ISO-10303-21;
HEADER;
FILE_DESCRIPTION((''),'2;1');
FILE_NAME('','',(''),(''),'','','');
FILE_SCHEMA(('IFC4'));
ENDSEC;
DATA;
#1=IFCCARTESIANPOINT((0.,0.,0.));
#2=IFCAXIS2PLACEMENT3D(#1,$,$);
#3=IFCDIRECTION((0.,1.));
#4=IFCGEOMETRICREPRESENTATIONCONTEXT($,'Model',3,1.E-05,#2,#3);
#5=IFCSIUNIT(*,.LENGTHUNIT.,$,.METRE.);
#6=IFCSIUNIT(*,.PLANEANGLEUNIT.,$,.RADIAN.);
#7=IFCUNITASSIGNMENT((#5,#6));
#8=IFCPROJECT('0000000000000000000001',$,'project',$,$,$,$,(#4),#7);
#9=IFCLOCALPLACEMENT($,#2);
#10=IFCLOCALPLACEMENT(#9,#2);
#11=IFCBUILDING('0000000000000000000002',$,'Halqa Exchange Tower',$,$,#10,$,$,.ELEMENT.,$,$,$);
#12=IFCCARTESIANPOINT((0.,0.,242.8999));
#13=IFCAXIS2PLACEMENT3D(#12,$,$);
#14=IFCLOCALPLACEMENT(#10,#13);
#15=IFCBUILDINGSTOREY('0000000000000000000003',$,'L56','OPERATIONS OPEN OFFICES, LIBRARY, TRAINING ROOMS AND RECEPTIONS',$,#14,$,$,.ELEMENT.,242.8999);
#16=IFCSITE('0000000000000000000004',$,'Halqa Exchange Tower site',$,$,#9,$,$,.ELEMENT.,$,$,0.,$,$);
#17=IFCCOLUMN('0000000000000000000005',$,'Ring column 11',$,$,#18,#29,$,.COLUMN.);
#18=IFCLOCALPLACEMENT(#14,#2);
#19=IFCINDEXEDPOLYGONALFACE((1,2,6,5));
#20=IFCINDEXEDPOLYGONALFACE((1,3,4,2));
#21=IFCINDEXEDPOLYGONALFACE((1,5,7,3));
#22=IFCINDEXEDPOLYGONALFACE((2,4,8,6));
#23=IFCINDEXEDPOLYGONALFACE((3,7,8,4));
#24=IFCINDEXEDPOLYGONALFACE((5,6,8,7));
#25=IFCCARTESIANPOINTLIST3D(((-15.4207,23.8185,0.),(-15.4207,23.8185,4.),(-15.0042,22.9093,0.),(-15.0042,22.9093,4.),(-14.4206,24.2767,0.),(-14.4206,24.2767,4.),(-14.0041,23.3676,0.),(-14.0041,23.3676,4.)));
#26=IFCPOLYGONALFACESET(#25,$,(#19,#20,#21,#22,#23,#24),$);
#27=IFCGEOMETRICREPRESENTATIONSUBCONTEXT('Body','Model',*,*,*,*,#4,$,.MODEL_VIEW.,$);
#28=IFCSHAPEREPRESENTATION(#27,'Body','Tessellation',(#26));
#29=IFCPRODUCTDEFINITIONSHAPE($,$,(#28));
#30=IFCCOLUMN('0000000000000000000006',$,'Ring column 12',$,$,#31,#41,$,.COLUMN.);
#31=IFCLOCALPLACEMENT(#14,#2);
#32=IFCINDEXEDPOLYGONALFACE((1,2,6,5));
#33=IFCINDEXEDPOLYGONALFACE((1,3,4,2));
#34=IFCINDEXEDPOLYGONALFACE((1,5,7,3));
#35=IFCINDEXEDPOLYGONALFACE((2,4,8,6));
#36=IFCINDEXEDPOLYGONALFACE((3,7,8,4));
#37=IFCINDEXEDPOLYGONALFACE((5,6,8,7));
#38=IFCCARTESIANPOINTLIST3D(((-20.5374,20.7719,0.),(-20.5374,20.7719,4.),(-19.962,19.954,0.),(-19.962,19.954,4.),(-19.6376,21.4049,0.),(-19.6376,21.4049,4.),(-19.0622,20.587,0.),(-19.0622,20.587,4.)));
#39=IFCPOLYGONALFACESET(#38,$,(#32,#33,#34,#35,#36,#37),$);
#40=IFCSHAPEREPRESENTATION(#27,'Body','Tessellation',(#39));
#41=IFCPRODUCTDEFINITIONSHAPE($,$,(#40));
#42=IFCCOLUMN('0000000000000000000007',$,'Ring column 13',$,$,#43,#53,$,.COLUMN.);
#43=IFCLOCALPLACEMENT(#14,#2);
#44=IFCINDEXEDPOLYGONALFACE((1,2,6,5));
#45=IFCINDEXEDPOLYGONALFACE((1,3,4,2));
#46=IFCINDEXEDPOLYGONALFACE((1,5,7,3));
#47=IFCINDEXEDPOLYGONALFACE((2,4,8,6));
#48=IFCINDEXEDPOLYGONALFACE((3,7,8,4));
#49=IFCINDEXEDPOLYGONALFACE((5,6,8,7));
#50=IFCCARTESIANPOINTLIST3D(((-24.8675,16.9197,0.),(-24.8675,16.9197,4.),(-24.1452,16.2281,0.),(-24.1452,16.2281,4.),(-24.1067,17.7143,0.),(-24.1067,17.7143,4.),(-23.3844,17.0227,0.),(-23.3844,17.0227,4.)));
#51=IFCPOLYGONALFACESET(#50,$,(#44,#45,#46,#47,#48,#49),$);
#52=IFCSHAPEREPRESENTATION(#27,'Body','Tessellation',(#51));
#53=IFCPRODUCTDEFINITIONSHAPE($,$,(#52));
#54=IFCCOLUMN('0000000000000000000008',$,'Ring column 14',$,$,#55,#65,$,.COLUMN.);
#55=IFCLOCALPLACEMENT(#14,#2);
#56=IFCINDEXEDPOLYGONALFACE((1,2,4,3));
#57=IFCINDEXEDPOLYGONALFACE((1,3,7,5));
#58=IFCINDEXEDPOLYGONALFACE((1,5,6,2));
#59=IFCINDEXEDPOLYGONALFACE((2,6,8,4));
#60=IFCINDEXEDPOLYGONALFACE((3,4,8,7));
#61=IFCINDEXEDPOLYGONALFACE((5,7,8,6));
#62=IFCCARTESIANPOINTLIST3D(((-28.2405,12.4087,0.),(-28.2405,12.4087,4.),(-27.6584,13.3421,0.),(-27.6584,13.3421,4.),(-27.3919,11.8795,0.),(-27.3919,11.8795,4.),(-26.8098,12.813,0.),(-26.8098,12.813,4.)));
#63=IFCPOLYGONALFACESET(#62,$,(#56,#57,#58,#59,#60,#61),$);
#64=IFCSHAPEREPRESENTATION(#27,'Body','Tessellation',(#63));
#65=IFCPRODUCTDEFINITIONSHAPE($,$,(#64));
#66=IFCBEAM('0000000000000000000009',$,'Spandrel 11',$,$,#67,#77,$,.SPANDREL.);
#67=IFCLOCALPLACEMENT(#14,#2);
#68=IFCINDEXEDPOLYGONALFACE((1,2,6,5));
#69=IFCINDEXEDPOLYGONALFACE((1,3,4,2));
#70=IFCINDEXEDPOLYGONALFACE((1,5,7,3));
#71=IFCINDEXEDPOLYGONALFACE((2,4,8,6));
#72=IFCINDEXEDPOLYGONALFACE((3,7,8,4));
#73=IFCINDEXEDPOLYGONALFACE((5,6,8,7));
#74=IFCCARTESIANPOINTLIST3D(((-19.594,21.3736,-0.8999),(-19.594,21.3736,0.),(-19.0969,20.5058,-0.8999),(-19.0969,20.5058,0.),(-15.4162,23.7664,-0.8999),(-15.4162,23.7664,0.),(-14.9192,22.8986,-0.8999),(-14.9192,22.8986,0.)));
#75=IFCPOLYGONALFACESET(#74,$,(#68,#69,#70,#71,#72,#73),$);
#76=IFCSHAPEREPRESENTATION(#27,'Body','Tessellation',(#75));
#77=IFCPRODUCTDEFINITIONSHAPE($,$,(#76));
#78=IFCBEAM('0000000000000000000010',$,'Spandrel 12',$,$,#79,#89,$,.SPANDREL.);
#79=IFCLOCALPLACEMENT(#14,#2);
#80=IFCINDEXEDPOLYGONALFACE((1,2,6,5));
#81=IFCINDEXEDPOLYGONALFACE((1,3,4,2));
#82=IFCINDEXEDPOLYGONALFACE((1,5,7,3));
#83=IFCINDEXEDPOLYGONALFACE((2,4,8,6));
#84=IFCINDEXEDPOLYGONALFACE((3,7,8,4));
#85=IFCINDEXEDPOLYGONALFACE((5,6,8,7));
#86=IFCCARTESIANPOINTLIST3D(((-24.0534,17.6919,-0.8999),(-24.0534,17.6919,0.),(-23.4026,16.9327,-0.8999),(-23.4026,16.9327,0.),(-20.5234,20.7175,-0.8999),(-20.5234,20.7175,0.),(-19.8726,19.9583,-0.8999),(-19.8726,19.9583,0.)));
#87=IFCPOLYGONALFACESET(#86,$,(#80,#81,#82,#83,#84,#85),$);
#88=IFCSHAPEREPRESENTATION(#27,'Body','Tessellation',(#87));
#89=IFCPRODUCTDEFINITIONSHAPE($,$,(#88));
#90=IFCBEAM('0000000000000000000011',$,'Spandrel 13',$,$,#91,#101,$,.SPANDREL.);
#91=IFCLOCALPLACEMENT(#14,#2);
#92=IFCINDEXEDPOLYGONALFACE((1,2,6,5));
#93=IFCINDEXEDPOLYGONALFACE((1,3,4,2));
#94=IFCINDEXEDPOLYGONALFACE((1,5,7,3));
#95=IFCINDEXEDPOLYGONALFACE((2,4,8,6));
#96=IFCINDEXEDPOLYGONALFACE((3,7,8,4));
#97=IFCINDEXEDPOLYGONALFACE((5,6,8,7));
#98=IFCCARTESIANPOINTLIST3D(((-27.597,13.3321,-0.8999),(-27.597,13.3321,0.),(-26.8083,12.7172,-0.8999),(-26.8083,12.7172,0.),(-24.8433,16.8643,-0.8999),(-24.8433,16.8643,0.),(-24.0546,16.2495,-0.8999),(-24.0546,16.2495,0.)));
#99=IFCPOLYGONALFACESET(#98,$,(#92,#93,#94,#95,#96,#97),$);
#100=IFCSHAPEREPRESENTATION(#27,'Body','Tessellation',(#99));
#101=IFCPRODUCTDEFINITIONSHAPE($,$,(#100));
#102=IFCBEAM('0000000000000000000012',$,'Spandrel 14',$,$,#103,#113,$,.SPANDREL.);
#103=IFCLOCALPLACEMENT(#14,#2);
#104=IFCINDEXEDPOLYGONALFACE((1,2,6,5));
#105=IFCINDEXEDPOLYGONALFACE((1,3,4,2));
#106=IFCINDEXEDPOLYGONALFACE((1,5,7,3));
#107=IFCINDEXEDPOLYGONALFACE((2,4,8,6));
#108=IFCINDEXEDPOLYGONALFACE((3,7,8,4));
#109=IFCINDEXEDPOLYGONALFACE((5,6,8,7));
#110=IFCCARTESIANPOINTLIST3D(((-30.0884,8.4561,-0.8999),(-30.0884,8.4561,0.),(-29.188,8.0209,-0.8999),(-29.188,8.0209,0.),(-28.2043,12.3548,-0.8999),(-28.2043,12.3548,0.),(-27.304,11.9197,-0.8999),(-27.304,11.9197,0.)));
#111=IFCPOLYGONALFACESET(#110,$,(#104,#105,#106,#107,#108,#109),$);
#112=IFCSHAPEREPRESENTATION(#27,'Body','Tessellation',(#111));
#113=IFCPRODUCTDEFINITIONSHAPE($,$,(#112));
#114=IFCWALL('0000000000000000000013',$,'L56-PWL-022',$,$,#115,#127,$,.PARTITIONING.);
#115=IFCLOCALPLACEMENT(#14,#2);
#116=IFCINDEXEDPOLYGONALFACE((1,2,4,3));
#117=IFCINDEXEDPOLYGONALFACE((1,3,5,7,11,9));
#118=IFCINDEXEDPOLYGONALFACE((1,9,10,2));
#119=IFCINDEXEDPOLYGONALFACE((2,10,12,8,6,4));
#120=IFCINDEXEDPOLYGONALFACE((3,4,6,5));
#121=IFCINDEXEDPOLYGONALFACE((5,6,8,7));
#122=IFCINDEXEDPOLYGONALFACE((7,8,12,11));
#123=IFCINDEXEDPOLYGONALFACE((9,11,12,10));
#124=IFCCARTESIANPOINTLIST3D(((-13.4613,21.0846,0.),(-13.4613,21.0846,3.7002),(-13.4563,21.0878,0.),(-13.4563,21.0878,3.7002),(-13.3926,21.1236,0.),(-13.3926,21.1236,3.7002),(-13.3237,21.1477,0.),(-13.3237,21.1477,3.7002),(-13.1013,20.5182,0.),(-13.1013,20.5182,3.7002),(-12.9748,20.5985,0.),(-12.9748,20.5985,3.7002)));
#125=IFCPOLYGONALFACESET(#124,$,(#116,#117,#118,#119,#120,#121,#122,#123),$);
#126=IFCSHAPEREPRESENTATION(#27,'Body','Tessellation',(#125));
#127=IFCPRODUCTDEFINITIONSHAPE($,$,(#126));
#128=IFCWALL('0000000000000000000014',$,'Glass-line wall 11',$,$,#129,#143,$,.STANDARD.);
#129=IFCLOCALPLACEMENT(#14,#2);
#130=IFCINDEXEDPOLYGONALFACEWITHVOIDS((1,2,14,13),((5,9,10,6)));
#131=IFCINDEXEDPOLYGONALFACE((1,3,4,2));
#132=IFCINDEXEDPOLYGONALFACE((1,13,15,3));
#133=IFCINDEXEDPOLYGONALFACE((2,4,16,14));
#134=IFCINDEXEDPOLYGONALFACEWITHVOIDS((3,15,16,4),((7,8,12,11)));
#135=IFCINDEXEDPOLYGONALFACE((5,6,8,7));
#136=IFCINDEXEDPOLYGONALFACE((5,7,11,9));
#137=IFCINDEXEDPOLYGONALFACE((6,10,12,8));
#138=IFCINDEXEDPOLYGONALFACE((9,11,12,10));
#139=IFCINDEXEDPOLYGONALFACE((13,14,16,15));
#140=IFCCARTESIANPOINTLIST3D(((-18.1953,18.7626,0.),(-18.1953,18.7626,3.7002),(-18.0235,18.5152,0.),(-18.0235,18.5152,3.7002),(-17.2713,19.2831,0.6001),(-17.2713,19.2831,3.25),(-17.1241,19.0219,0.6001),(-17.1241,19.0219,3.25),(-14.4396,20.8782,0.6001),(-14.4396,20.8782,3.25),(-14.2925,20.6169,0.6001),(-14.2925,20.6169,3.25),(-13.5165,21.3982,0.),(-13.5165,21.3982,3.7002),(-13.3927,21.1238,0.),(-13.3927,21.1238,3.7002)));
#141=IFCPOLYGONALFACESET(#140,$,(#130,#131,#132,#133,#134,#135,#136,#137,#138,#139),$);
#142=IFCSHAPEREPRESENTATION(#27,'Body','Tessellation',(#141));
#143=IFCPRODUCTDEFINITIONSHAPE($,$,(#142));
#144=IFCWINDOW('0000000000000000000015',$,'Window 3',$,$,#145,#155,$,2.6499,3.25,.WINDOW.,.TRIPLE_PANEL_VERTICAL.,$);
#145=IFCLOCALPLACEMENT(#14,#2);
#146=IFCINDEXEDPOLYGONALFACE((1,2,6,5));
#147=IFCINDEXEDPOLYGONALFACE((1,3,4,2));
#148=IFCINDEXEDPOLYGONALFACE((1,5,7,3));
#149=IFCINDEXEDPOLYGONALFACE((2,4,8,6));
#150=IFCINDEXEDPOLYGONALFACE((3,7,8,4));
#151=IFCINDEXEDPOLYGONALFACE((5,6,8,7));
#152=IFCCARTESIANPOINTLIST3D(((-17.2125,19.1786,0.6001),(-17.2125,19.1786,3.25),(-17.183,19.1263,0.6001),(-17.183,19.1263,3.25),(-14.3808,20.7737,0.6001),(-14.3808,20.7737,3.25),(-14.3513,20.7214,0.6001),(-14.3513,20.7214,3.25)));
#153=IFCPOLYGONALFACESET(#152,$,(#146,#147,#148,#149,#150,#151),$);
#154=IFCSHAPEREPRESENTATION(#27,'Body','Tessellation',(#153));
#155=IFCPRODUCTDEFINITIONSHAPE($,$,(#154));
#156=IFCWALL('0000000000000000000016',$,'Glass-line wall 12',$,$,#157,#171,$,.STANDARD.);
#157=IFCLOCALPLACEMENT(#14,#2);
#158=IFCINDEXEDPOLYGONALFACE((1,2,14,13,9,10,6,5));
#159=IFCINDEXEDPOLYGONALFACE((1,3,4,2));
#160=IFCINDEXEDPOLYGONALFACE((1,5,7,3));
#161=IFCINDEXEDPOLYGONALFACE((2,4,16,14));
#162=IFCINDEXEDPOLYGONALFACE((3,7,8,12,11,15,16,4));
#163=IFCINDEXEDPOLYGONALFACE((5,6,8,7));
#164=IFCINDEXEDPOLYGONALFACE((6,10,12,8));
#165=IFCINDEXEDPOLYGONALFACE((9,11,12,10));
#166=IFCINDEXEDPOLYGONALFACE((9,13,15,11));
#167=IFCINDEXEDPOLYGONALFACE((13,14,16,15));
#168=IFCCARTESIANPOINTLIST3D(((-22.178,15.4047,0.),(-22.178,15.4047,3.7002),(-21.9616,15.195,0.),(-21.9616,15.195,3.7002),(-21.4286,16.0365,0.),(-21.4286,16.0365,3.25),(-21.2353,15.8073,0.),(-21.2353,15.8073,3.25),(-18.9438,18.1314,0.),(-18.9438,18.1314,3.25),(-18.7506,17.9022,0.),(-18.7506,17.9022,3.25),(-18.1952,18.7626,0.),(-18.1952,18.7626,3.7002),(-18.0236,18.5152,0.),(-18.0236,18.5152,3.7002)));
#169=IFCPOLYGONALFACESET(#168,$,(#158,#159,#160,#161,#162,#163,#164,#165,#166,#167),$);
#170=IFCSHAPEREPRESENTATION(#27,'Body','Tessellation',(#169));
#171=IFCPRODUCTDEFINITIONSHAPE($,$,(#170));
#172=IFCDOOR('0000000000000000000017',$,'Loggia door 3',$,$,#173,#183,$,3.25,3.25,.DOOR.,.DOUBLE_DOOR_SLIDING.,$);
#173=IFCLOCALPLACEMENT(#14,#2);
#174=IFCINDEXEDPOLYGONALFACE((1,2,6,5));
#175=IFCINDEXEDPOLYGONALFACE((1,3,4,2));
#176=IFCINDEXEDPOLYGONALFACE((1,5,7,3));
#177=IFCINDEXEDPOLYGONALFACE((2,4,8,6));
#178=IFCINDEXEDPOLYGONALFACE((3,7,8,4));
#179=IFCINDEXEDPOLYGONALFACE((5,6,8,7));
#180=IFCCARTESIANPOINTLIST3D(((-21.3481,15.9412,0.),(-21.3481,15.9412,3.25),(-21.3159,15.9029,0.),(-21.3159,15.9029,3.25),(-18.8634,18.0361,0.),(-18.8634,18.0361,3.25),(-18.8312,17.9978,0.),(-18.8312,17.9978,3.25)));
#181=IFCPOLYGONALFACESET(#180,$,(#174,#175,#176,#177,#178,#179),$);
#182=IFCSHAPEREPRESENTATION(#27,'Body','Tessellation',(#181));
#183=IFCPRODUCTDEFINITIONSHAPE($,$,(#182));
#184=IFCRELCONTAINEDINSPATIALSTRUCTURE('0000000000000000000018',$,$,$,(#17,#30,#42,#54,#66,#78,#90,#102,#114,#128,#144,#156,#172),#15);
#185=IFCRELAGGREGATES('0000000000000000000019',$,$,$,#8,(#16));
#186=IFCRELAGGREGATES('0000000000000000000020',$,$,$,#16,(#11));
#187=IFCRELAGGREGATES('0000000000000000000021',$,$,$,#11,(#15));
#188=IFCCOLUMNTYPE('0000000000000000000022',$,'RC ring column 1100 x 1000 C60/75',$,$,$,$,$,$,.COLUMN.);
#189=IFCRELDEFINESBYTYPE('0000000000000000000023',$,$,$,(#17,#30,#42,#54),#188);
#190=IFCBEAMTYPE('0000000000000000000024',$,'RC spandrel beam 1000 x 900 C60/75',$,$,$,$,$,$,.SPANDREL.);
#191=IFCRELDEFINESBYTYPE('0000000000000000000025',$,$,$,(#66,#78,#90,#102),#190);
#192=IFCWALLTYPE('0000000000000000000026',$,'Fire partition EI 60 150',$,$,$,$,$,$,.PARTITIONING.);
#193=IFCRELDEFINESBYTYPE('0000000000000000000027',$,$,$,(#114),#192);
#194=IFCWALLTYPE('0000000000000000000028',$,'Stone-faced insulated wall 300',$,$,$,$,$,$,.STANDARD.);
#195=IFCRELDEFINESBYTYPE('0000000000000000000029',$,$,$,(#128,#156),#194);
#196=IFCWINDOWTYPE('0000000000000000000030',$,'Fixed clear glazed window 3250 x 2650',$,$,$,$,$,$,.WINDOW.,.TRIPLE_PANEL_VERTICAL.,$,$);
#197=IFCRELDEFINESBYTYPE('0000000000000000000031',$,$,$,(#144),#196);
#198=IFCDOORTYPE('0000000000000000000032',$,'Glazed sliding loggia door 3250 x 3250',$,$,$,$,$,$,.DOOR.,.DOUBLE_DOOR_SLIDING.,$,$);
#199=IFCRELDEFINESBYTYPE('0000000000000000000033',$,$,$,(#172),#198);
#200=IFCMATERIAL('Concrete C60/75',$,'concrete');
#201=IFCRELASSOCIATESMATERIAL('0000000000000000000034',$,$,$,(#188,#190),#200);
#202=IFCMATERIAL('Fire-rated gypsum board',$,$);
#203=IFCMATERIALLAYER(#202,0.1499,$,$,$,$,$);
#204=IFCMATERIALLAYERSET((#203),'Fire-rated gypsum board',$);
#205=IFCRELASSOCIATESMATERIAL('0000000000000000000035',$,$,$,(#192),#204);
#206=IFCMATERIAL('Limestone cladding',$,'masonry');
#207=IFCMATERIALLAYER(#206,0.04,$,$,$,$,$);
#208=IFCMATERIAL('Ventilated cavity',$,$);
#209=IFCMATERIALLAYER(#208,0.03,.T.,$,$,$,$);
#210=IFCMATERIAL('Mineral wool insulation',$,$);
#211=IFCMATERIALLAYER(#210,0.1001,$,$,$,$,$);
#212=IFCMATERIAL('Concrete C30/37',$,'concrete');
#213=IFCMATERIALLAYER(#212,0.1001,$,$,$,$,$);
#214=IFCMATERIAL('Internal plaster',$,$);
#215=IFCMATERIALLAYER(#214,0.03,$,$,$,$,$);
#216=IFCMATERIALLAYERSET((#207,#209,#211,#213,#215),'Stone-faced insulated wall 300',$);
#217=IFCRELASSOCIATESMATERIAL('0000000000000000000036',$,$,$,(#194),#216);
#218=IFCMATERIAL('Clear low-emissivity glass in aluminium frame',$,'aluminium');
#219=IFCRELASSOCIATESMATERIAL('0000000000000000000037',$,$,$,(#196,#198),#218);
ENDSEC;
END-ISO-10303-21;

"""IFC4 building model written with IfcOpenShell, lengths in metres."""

from ifc_helpers import new_model, si_unit, direction, frame, frame_2d, origin, origin_2d, place, context, subcontext, project, spatial, polyline, rectangle, outline, extrude, material, layer, layer_set, material_profile, profile_set, type_object, element, fill, save


model = new_model("IFC4")

# Units and contexts
model_context = context("Model", 3, precision=1e-05, world=origin(), true_north=direction((0.0, 1.0)))
body_context = subcontext(model_context, "Body", "Model", "MODEL_VIEW")
ifc_project = project(units=[si_unit("LENGTHUNIT", "METRE"), si_unit("PLANEANGLEUNIT", "RADIAN")], contexts=[model_context])

# Site, building, storey
site_placement = place(None, origin())
site = spatial("IfcSite", under=ifc_project, at=site_placement, Name="Halqa Exchange Tower site", CompositionType="ELEMENT", RefElevation=0.0)
building_placement = place(site_placement, origin())
building = spatial("IfcBuilding", under=site, at=building_placement, Name="Halqa Exchange Tower", CompositionType="ELEMENT")
storey_placement = place(building_placement, frame((0.0, 0.0, 242.8999)))
storey = spatial("IfcBuildingStorey", under=building, at=storey_placement, Name="L56", Description="OPERATIONS OPEN OFFICES, LIBRARY, TRAINING ROOMS AND RECEPTIONS", CompositionType="ELEMENT", Elevation=242.8999)

# Columns
ifc_material_1 = material(Name="Concrete C60/75", Category="concrete")
ifc_material_profile_1 = material_profile(ifc_material_1, rectangle(XDim=1.1001, YDim=1.0, at=origin_2d()), Name="1100 x 1000")
ifc_profile_set_1 = profile_set([ifc_material_profile_1], Name="Concrete C60/75")
column_type = type_object("IfcColumnType", Name="RC ring column 1100 x 1000 C60/75", PredefinedType="COLUMN", material=ifc_profile_set_1)
for number, where, z_axis, x_axis, name in (
    (1, (-14.7124, 23.593, 0.0), (0.0, 0.0, 1.0), (-0.909126, -0.416522, 0.0), "Ring column 11"),
    (2, (-19.7998, 20.6794, 0.0), (0.0, 0.0, 1.0), (-0.817905, -0.575354, 0.0), "Ring column 12"),
    (3, (-24.126, 16.9712, 0.0), (0.0, 0.0, 1.0), (-0.691579, -0.722301, 0.0), "Ring column 13"),
    (4, (-27.5251, 12.6108, 0.0), (0.0, 0.0, 1.0), (-0.529148, -0.84853, 0.0), "Ring column 14"),
):
    element("IfcColumn", number, at=place(storey_placement, frame(where, z_axis=z_axis, x_axis=x_axis)), inside=storey, type_object=column_type, Name=name, PredefinedType="COLUMN", context=body_context, shape_type="SweptSolid", body=[
        extrude(rectangle(XDim=1.1001, YDim=1.0, at=origin_2d()), origin(), (0.0, 0.0, 1.0), 4.0),
    ])

# Beams
ifc_material_profile_2 = material_profile(ifc_material_1, rectangle(XDim=1.0, YDim=0.8999, at=origin_2d()), Name="1000 x 900")
ifc_profile_set_2 = profile_set([ifc_material_profile_2], Name="Concrete C60/75")
beam_type = type_object("IfcBeamType", Name="RC spandrel beam 1000 x 900 C60/75", PredefinedType="SPANDREL", material=ifc_profile_set_2)
beam_1_placement = place(storey_placement, frame((-15.1677, 23.3325, -0.45), z_axis=(-0.867747, -0.497007, 0.0), x_axis=(0.497007, -0.867747, 0.0)))
element("IfcBeam", 5, at=beam_1_placement, inside=storey, type_object=beam_type, Name="Spandrel 11", PredefinedType="SPANDREL", context=body_context, shape_type="SweptSolid", body=[
    extrude(rectangle(XDim=1.0, YDim=0.8999, at=origin_2d()), origin(), (0.0, 0.0, 1.0), 4.8145),
])
beam_2_placement = place(storey_placement, frame((-20.198, 20.3379, -0.45), z_axis=(-0.759268, -0.650778, 0.0), x_axis=(0.650778, -0.759268, 0.0)))
element("IfcBeam", 6, at=beam_2_placement, inside=storey, type_object=beam_type, Name="Spandrel 12", PredefinedType="SPANDREL", context=body_context, shape_type="SweptSolid", body=[
    extrude(rectangle(XDim=1.0, YDim=0.8999, at=origin_2d()), origin(), (0.0, 0.0, 1.0), 4.6492),
])
beam_3_placement = place(storey_placement, frame((-24.449, 16.5569, -0.45), z_axis=(-0.614827, -0.788662, 0.0), x_axis=(0.788662, -0.614827, 0.0)))
element("IfcBeam", 7, at=beam_3_placement, inside=storey, type_object=beam_type, Name="Spandrel 13", PredefinedType="SPANDREL", context=body_context, shape_type="SweptSolid", body=[
    extrude(rectangle(XDim=1.0, YDim=0.8999, at=origin_2d()), origin(), (0.0, 0.0, 1.0), 4.4788),
])
beam_4_placement = place(storey_placement, frame((-27.7542, 12.1372, -0.45), z_axis=(-0.435107, -0.900379, 0.0), x_axis=(0.900379, -0.435107, 0.0)))
element("IfcBeam", 8, at=beam_4_placement, inside=storey, type_object=beam_type, Name="Spandrel 14", PredefinedType="SPANDREL", context=body_context, shape_type="SweptSolid", body=[
    extrude(rectangle(XDim=1.0, YDim=0.8999, at=origin_2d()), origin(), (0.0, 0.0, 1.0), 4.3301),
])

# Shared definitions
ifc_material_2 = material(Name="Fire-rated gypsum board")
ifc_layer_1 = layer(ifc_material_2, 0.1499)
ifc_layer_set_1 = layer_set([ifc_layer_1], Name="Fire-rated gypsum board")
wall_type_1 = type_object("IfcWallType", Name="Fire partition EI 60 150", PredefinedType="PARTITIONING", material=ifc_layer_set_1)

# Wall
wall_1_placement = place(storey_placement, frame((-13.0381, 20.5583, 0.0), z_axis=(0.0, 0.0, 1.0), x_axis=(-0.536263, 0.844051, 0.0)))
element("IfcWall", 9, at=wall_1_placement, inside=storey, type_object=wall_type_1, Name="L56-PWL-022", PredefinedType="PARTITIONING", context=body_context, shape_type="SweptSolid", body=[
    extrude(outline(polyline([(0.0, -0.075), (0.6506, -0.075), (0.6672, -0.0039), (0.6711, 0.0691), (0.6711, 0.075), (0.0, 0.075), (0.0, -0.075)])), origin(), (0.0, 0.0, 1.0), 3.7002),
])

# Wall, opening, window
ifc_material_3 = material(Name="Limestone cladding", Category="masonry")
ifc_layer_2 = layer(ifc_material_3, 0.04)
ifc_material_4 = material(Name="Ventilated cavity")
ifc_layer_3 = layer(ifc_material_4, 0.03, ventilated=True)
ifc_material_5 = material(Name="Mineral wool insulation")
ifc_layer_4 = layer(ifc_material_5, 0.1001)
ifc_material_6 = material(Name="Concrete C30/37", Category="concrete")
ifc_layer_5 = layer(ifc_material_6, 0.1001)
ifc_material_7 = material(Name="Internal plaster")
ifc_layer_6 = layer(ifc_material_7, 0.03)
ifc_layer_set_2 = layer_set([ifc_layer_2, ifc_layer_3, ifc_layer_4, ifc_layer_5, ifc_layer_6], Name="Stone-faced insulated wall 300")
wall_type_2 = type_object("IfcWallType", Name="Stone-faced insulated wall 300", PredefinedType="STANDARD", material=ifc_layer_set_2)
wall_2_placement = place(storey_placement, frame((-13.4546, 21.261, 0.0), z_axis=(0.0, 0.0, 1.0), x_axis=(-0.871275, -0.490795, 0.0)))
wall_2 = element("IfcWall", 10, at=wall_2_placement, inside=storey, type_object=wall_type_2, Name="Glass-line wall 11", PredefinedType="STANDARD", context=body_context, shape_type="SweptSolid", body=[
    extrude(outline(polyline([(-0.0134, -0.1499), (5.3567, -0.1499), (5.3284, 0.1499), (0.0134, 0.1499), (-0.0134, -0.1499)])), origin(), (0.0, 0.0, 1.0), 3.7002),
])
opening_1_placement = place(wall_2_placement, frame((1.0461, 0.0, 0.6001)))
opening_1 = element("IfcOpeningElement", 11, at=opening_1_placement, cuts=wall_2, PredefinedType="OPENING", context=body_context, shape_type="SweptSolid", body=[
    extrude(rectangle(XDim=3.25, YDim=2.6499, at=frame_2d((1.625, 1.325))), frame((0.0, 0.1621, 0.0), z_axis=(0.0, -1.0, 0.0), x_axis=(1.0, 0.0, 0.0)), (0.0, 0.0, 1.0), 0.324),
])
ifc_material_8 = material(Name="Clear low-emissivity glass in aluminium frame", Category="aluminium")
window_type = type_object("IfcWindowType", Name="Fixed clear glazed window 3250 x 2650", PartitioningType="TRIPLE_PANEL_VERTICAL", PredefinedType="WINDOW", material=ifc_material_8)
window_1_placement = place(opening_1_placement, origin())
window_1 = element("IfcWindow", 12, at=window_1_placement, inside=storey, type_object=window_type, Name="Window 3", OverallHeight=2.6499, OverallWidth=3.25, PartitioningType="TRIPLE_PANEL_VERTICAL", PredefinedType="WINDOW", context=body_context, shape_type="SweptSolid", body=[
    extrude(rectangle(XDim=3.25, YDim=2.6499, at=frame_2d((1.625, 1.325))), frame((0.0, 0.03, 0.0), z_axis=(0.0, -1.0, 0.0), x_axis=(1.0, 0.0, 0.0)), (0.0, 0.0, 1.0), 0.0601),
])
fill(opening_1, window_1)

# Wall, opening, door
wall_3_placement = place(storey_placement, frame((-18.1094, 18.6389, 0.0), z_axis=(0.0, 0.0, 1.0), x_axis=(-0.764531, -0.644587, 0.0)))
wall_3 = element("IfcWall", 13, at=wall_3_placement, inside=storey, type_object=wall_type_2, Name="Glass-line wall 12", PredefinedType="STANDARD", context=body_context, shape_type="SweptSolid", body=[
    extrude(outline(polyline([(-0.0142, -0.1499), (5.1953, -0.1499), (5.165, 0.1499), (0.0142, 0.1499), (-0.0142, -0.1499)])), origin(), (0.0, 0.0, 1.0), 3.7002),
])
opening_2_placement = place(wall_3_placement, frame((0.9651, 0.0, 0.0)))
opening_2 = element("IfcOpeningElement", 14, at=opening_2_placement, cuts=wall_3, PredefinedType="OPENING", context=body_context, shape_type="SweptSolid", body=[
    extrude(rectangle(XDim=3.25, YDim=3.25, at=frame_2d((1.625, 1.625))), frame((0.0, 0.1621, 0.0), z_axis=(0.0, -1.0, 0.0), x_axis=(1.0, 0.0, 0.0)), (0.0, 0.0, 1.0), 0.324),
])
door_type_1 = type_object("IfcDoorType", Name="Glazed sliding loggia door 3250 x 3250", OperationType="DOUBLE_DOOR_SLIDING", PredefinedType="DOOR", material=ifc_material_8)
door_1_placement = place(opening_2_placement, origin())
door_1 = element("IfcDoor", 15, at=door_1_placement, inside=storey, type_object=door_type_1, Name="Loggia door 3", OperationType="DOUBLE_DOOR_SLIDING", OverallHeight=3.25, OverallWidth=3.25, PredefinedType="DOOR", context=body_context, shape_type="SweptSolid", body=[
    extrude(rectangle(XDim=3.25, YDim=3.25, at=frame_2d((1.625, 1.625))), frame((0.0, 0.0249, 0.0), z_axis=(0.0, -1.0, 0.0), x_axis=(1.0, 0.0, 0.0)), (0.0, 0.0, 1.0), 0.05),
])
fill(opening_2, door_1)

save(model, "model.ifc")
